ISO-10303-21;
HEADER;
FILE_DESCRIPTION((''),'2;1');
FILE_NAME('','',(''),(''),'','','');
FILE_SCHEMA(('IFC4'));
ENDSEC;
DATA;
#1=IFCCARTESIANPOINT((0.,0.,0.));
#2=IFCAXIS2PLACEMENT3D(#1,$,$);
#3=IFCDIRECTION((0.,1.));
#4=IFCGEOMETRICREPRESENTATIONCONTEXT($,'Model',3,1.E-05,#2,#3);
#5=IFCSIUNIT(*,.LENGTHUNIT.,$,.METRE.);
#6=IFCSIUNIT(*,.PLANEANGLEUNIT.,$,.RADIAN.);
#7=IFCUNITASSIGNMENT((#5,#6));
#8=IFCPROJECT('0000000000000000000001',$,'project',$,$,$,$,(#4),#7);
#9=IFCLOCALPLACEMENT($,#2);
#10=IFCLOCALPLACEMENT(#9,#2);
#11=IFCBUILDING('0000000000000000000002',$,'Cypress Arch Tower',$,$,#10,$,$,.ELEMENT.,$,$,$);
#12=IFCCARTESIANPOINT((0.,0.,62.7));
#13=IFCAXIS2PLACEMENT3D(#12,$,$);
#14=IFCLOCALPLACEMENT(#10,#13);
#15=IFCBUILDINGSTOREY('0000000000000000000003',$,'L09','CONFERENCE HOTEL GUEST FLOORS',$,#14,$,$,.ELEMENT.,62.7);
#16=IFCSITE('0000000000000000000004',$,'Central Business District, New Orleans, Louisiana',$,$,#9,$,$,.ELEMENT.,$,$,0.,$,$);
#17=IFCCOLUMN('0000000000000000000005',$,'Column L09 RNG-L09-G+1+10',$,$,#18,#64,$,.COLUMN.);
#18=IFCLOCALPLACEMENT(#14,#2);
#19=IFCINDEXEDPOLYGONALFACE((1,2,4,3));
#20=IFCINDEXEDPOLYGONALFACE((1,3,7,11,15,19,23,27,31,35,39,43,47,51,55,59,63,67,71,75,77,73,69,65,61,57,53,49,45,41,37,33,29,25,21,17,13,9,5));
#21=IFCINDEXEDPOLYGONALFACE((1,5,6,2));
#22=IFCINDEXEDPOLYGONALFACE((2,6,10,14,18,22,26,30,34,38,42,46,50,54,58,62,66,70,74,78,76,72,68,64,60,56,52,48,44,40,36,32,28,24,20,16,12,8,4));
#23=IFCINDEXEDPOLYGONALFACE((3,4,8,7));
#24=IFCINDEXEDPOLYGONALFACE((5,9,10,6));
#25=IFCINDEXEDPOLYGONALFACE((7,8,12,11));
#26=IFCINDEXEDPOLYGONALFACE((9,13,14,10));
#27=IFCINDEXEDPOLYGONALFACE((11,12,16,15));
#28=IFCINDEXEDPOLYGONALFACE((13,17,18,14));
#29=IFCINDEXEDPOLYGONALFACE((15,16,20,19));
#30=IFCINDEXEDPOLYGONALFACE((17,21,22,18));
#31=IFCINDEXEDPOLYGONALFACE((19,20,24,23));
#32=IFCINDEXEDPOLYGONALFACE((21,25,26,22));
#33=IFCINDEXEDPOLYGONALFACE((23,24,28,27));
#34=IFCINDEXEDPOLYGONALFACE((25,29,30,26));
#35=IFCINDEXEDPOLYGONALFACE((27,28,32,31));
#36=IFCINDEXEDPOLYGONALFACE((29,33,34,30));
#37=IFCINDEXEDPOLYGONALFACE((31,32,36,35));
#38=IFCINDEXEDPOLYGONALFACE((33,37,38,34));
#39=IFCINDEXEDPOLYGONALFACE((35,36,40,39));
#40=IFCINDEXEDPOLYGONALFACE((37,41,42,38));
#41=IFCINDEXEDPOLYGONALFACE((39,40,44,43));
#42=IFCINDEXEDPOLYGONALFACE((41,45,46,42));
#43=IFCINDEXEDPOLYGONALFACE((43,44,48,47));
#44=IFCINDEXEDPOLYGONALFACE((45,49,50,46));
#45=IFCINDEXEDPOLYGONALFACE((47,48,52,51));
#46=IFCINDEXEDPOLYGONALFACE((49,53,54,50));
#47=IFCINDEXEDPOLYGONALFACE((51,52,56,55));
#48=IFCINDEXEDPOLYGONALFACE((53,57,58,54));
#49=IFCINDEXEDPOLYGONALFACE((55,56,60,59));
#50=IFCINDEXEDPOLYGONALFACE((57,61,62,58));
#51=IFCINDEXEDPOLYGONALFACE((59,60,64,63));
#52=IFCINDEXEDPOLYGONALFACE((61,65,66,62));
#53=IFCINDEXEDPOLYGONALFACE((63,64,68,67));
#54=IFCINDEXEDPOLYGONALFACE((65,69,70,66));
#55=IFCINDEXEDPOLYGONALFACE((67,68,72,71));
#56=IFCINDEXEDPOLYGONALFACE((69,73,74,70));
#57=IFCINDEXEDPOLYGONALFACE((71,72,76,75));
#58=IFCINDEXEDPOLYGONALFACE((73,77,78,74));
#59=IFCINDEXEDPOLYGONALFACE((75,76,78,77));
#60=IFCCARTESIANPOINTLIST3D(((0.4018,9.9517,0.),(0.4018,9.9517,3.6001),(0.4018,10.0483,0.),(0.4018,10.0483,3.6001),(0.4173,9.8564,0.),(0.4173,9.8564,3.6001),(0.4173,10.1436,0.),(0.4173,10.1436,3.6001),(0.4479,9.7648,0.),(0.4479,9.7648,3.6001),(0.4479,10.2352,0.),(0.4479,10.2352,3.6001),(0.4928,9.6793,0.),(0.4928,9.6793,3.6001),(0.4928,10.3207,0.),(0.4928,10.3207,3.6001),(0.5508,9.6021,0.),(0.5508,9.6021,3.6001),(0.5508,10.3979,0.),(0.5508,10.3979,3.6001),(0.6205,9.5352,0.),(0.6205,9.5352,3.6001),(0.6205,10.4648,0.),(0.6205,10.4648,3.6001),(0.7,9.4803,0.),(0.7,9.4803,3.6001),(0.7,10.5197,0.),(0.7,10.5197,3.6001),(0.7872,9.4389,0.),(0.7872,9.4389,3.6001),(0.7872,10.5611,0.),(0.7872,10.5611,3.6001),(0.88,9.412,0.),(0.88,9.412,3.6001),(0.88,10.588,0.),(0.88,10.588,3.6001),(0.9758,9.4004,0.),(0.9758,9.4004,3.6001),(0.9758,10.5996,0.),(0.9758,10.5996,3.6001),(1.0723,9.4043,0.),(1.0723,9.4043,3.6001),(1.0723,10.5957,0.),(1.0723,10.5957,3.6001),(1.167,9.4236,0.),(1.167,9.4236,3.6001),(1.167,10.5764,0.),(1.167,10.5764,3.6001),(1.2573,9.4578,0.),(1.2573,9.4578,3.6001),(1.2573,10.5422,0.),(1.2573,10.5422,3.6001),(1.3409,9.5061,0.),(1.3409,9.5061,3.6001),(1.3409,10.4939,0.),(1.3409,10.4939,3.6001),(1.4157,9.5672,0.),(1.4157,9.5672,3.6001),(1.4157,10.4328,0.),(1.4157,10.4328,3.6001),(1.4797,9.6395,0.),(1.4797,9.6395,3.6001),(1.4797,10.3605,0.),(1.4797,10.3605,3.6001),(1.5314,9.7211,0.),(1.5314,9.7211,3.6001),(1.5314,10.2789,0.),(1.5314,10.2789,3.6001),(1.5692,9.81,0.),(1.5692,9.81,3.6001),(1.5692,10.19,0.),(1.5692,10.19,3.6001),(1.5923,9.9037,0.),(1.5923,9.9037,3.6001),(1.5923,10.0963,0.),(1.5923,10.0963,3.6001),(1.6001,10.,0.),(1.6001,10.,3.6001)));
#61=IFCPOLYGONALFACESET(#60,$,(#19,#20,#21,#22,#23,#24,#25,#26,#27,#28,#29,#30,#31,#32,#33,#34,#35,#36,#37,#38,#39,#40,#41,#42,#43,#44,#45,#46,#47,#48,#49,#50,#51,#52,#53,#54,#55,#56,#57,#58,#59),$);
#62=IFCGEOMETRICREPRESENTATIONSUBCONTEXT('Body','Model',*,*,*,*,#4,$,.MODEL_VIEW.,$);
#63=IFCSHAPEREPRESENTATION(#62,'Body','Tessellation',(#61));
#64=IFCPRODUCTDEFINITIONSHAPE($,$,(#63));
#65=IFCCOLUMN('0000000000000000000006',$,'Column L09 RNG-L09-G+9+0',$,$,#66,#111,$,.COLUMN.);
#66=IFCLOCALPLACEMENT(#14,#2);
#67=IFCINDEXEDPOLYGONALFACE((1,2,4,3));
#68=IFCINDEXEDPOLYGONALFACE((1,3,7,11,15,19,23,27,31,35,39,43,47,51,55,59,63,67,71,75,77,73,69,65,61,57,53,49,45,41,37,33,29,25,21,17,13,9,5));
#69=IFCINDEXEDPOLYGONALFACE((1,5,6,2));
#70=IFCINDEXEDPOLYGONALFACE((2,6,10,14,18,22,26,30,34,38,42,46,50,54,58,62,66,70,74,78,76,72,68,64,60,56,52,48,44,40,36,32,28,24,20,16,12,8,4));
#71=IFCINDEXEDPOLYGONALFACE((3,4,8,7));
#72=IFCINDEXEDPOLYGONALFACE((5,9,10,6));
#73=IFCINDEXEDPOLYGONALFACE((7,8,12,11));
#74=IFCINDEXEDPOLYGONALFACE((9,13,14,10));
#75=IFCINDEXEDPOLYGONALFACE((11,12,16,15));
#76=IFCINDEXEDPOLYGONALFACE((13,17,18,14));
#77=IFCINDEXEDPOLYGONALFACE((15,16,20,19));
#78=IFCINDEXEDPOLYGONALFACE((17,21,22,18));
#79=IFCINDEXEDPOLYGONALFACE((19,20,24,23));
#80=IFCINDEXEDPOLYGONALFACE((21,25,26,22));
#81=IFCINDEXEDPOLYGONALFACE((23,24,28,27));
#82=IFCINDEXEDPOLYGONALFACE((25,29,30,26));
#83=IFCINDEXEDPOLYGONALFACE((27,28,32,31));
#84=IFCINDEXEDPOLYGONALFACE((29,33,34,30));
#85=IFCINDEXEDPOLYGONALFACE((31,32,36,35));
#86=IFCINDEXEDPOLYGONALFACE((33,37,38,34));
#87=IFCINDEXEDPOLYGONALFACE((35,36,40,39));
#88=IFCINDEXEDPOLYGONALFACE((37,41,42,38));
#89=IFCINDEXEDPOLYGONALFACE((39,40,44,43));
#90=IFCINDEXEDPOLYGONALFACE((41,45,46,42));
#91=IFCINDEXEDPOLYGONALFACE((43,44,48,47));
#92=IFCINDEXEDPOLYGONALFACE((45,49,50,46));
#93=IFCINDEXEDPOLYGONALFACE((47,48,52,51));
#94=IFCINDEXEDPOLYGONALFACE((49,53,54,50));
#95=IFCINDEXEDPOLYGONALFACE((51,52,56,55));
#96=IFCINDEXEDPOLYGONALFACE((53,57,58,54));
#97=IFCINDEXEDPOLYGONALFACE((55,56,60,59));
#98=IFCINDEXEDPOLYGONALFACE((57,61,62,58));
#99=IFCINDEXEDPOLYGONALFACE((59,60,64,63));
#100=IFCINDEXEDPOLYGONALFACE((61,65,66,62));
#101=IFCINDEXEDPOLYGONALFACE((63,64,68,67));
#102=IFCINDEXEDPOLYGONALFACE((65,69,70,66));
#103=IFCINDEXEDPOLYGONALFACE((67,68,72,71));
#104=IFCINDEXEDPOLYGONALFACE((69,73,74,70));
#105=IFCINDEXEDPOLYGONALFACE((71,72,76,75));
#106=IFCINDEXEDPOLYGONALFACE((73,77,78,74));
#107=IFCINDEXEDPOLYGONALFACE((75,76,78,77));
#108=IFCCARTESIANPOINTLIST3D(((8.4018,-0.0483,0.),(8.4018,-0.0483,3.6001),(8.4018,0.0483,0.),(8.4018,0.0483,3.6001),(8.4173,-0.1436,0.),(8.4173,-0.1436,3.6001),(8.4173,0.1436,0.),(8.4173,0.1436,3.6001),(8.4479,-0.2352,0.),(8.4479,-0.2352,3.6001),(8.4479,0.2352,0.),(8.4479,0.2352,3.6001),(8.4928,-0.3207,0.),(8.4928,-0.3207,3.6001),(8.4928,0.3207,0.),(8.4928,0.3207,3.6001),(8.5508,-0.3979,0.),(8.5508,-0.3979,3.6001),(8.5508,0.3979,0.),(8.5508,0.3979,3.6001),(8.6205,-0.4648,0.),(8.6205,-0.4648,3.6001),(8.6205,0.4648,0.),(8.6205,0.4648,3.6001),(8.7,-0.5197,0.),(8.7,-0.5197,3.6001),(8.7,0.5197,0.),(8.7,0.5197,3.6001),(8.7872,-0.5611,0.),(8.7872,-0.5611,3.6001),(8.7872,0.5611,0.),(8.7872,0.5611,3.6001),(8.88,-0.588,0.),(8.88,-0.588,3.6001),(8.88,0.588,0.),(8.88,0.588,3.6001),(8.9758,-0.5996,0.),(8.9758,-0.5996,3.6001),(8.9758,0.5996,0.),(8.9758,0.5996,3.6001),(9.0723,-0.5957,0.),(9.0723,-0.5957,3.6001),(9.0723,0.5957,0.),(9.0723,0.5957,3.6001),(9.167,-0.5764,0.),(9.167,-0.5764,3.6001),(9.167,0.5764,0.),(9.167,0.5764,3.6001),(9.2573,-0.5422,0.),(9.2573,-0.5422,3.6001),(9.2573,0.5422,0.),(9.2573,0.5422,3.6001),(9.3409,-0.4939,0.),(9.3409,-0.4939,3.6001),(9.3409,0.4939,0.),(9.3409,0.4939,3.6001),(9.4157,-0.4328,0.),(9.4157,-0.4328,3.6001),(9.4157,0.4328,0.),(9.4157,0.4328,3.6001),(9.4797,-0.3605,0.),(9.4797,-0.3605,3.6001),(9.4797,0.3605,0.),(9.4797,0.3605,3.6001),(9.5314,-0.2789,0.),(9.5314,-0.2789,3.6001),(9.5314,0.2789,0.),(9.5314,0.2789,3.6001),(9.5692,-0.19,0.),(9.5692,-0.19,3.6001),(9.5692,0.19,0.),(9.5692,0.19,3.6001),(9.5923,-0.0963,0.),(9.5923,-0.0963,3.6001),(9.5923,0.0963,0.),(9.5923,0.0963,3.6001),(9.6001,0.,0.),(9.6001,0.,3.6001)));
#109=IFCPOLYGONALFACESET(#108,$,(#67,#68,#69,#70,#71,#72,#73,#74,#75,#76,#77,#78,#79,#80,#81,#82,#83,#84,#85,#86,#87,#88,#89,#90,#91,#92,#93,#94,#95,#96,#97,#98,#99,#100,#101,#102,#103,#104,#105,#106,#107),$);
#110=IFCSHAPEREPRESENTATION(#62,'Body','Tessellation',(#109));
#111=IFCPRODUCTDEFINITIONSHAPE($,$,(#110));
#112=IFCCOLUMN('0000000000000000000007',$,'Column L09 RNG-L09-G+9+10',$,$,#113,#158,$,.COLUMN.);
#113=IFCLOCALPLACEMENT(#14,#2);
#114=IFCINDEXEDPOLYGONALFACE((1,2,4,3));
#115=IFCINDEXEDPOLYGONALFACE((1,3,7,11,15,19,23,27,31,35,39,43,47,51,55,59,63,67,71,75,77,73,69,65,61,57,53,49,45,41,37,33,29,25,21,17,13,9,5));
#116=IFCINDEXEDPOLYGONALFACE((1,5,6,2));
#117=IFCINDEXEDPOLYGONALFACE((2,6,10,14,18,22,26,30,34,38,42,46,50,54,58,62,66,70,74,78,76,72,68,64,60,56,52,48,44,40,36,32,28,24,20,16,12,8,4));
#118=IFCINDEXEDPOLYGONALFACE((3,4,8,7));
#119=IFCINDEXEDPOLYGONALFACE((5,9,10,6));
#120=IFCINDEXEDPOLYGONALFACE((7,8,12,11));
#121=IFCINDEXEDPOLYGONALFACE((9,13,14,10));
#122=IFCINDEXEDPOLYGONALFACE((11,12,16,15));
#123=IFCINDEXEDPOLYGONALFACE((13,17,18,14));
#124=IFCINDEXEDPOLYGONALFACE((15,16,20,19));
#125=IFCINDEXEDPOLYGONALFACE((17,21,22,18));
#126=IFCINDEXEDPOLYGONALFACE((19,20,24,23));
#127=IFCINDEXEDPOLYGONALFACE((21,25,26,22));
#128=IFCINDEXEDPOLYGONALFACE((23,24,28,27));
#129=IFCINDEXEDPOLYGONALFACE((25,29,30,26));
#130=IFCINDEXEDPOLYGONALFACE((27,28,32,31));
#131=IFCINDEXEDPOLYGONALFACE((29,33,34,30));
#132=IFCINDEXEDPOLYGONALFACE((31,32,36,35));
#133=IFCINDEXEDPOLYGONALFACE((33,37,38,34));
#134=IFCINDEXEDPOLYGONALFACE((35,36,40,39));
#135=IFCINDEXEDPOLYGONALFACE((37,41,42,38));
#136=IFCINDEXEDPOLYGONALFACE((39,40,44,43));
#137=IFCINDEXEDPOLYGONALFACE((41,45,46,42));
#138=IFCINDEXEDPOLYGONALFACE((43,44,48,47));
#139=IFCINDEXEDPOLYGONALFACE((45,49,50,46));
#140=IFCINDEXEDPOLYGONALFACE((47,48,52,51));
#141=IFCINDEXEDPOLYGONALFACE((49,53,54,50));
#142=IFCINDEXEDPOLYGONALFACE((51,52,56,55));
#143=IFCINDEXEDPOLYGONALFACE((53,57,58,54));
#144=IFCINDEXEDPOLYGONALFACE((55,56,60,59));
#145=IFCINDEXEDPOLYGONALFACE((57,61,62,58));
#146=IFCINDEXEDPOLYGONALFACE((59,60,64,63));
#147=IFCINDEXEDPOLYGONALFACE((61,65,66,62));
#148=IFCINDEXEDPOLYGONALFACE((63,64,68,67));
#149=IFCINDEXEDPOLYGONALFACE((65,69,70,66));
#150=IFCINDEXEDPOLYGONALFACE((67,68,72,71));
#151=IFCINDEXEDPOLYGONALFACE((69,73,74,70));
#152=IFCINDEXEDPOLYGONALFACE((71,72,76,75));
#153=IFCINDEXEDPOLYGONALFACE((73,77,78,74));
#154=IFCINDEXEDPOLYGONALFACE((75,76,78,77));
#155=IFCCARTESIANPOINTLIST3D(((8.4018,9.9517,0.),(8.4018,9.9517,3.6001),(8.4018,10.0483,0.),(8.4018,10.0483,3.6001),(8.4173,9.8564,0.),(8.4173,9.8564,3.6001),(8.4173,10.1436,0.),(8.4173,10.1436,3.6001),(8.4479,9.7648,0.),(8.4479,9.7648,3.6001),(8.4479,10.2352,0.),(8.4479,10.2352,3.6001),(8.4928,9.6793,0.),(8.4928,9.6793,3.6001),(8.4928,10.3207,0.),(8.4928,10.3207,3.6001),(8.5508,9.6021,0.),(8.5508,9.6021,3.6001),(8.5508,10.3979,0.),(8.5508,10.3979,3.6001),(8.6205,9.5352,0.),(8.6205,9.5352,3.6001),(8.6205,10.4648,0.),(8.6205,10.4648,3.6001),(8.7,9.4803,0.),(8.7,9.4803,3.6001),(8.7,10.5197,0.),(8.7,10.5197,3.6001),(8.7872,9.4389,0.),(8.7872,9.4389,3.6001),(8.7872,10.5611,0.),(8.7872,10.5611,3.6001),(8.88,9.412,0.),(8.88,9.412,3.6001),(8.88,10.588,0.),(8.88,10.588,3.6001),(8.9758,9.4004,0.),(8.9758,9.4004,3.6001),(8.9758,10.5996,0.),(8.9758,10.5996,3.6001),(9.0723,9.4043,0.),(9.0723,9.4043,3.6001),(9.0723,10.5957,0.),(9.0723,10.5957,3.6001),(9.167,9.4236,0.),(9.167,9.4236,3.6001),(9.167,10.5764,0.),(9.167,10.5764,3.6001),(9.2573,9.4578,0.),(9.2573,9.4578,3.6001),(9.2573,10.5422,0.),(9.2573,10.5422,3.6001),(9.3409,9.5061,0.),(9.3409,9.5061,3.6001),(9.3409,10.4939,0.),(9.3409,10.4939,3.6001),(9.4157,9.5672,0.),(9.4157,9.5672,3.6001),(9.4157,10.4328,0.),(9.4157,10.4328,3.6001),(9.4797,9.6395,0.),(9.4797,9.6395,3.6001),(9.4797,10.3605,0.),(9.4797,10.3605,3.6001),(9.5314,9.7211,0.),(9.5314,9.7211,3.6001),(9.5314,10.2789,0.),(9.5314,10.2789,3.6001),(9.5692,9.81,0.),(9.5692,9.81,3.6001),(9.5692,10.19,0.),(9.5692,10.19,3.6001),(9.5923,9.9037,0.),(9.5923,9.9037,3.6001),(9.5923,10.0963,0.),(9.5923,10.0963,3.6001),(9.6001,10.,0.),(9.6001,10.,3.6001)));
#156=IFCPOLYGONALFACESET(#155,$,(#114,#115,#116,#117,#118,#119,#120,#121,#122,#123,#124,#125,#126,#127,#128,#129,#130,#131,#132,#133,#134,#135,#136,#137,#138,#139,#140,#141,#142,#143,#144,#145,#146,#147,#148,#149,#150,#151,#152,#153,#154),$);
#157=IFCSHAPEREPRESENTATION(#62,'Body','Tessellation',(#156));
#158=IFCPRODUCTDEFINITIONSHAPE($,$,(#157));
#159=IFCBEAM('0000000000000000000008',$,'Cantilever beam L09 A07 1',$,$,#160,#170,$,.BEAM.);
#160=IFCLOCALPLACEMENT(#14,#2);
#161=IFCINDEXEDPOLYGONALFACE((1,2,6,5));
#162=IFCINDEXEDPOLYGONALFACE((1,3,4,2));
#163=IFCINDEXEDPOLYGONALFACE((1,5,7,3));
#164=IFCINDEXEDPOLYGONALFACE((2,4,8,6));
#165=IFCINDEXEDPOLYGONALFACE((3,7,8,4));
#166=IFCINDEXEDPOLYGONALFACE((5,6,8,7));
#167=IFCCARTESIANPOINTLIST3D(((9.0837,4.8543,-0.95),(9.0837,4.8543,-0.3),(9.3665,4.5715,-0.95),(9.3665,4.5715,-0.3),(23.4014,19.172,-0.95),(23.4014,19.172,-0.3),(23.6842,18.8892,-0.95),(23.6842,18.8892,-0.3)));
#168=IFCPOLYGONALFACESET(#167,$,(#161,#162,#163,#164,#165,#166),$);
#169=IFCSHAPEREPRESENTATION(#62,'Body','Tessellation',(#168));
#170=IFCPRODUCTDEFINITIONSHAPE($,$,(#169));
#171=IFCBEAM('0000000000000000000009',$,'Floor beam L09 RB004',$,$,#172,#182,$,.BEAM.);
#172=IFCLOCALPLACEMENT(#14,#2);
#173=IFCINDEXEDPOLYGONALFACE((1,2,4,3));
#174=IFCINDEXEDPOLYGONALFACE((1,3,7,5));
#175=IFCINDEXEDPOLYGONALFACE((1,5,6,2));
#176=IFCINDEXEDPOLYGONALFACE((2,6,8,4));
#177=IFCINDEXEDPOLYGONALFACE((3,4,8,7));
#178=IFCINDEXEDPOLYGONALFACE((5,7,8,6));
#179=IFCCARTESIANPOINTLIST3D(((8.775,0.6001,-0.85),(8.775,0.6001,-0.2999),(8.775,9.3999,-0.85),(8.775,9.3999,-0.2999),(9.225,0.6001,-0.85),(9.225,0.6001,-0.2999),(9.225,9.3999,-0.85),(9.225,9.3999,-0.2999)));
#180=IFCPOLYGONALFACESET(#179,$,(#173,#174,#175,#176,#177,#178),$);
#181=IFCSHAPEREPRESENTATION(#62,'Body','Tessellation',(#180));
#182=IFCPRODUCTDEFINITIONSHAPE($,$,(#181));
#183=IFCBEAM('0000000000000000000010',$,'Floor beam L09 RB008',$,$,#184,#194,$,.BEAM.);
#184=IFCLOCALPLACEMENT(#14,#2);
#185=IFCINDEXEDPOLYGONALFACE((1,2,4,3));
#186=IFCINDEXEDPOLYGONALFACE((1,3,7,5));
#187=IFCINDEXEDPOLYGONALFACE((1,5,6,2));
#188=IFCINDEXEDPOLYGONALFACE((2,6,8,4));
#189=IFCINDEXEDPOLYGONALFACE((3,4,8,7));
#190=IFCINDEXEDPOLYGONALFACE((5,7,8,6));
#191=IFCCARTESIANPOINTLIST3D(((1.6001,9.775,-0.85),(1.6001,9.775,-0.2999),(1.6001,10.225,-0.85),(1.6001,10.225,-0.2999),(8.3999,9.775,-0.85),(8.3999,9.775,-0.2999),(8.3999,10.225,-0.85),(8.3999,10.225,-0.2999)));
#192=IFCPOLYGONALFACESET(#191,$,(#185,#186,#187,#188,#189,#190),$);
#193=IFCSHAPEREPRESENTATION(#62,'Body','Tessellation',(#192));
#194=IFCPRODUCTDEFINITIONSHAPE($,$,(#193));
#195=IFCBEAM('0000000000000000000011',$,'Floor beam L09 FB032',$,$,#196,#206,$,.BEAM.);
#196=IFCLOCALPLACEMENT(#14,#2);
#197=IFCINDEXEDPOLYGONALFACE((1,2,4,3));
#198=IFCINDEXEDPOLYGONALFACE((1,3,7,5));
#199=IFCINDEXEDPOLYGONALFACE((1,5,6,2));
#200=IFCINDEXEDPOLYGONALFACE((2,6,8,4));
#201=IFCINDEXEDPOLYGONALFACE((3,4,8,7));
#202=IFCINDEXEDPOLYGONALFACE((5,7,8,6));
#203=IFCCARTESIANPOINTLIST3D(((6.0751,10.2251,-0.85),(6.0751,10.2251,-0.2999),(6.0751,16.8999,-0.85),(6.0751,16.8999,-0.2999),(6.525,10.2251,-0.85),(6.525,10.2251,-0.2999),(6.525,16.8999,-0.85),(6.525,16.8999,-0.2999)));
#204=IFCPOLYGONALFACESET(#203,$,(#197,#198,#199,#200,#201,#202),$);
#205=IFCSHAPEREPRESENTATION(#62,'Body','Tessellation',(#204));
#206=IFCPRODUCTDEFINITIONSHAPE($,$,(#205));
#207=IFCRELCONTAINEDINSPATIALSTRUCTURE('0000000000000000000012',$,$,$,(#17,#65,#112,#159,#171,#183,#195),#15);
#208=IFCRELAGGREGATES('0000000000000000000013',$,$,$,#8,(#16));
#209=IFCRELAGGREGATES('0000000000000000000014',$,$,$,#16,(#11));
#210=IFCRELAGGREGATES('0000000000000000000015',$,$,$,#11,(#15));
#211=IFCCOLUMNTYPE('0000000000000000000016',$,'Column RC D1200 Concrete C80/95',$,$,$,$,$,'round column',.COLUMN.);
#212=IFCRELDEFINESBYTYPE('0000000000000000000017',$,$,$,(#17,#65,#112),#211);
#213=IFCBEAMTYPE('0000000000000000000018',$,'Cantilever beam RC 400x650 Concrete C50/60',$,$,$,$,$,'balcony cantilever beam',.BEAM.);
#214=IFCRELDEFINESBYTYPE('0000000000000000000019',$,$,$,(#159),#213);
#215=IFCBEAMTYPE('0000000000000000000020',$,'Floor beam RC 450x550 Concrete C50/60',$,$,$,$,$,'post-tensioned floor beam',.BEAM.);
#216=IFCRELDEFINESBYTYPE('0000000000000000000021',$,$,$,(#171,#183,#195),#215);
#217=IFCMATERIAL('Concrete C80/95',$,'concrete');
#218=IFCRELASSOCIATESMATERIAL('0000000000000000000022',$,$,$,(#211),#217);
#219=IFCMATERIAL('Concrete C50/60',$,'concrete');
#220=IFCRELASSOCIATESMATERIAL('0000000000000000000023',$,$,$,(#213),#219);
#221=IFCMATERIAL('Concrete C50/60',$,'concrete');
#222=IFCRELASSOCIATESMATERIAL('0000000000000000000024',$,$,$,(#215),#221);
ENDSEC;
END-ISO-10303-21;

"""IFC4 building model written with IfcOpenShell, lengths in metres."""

from ifc_helpers import new_model, si_unit, direction, frame, origin, origin_2d, place, context, subcontext, project, spatial, rectangle, circle, extrude, material, material_profile, profile_set, type_object, element, save


model = new_model("IFC4")

# Units and contexts
model_context = context("Model", 3, precision=1e-05, world=origin(), true_north=direction((0.0, 1.0)))
body_context = subcontext(model_context, "Body", "Model", "MODEL_VIEW")
ifc_project = project(units=[si_unit("LENGTHUNIT", "METRE"), si_unit("PLANEANGLEUNIT", "RADIAN")], contexts=[model_context])

# Site, building, storey
site_placement = place(None, origin())
site = spatial("IfcSite", under=ifc_project, at=site_placement, Name="Central Business District, New Orleans, Louisiana", CompositionType="ELEMENT", RefElevation=0.0)
building_placement = place(site_placement, origin())
building = spatial("IfcBuilding", under=site, at=building_placement, Name="Cypress Arch Tower", CompositionType="ELEMENT")
storey_placement = place(building_placement, frame((0.0, 0.0, 62.7)))
storey = spatial("IfcBuildingStorey", under=building, at=storey_placement, Name="L09", Description="CONFERENCE HOTEL GUEST FLOORS", CompositionType="ELEMENT", Elevation=62.7)

# Columns
ifc_material_1 = material(Name="Concrete C80/95", Category="concrete")
ifc_material_profile_1 = material_profile(ifc_material_1, circle(Radius=0.6001, at=origin_2d()), Name="RC D1200")
ifc_profile_set_1 = profile_set([ifc_material_profile_1], Name="Concrete C80/95")
column_type = type_object("IfcColumnType", Name="Column RC D1200 Concrete C80/95", ElementType="round column", PredefinedType="COLUMN", material=ifc_profile_set_1)
for number, where, z_axis, x_axis, name in (
    (1, (1.0, 10.0, 0.0), (0.0, 0.0, 1.0), (1.0, 0.0, 0.0), "Column L09 RNG-L09-G+1+10"),
    (2, (9.0, 0.0, 0.0), (0.0, 0.0, 1.0), (1.0, 0.0, 0.0), "Column L09 RNG-L09-G+9+0"),
    (3, (9.0, 10.0, 0.0), (0.0, 0.0, 1.0), (1.0, 0.0, 0.0), "Column L09 RNG-L09-G+9+10"),
):
    element("IfcColumn", number, at=place(storey_placement, frame(where, z_axis=z_axis, x_axis=x_axis)), inside=storey, type_object=column_type, Name=name, PredefinedType="COLUMN", context=body_context, shape_type="SweptSolid", body=[
        extrude(circle(Radius=0.6001, at=origin_2d()), origin(), (0.0, 0.0, 1.0), 3.6001),
    ])

# Beams
ifc_material_2 = material(Name="Concrete C50/60", Category="concrete")
ifc_material_profile_2 = material_profile(ifc_material_2, rectangle(XDim=0.3999, YDim=0.6499, at=origin_2d()), Name="RC 400x650")
ifc_profile_set_2 = profile_set([ifc_material_profile_2], Name="Concrete C50/60")
beam_type_1 = type_object("IfcBeamType", Name="Cantilever beam RC 400x650 Concrete C50/60", ElementType="balcony cantilever beam", PredefinedType="BEAM", material=ifc_profile_set_2)
beam_1_placement = place(storey_placement, frame((9.2251, 4.7129, -0.625), z_axis=(0.707107, 0.707107, 0.0), x_axis=(-0.707107, 0.707107, 0.0)))
element("IfcBeam", 4, at=beam_1_placement, inside=storey, type_object=beam_type_1, Name="Cantilever beam L09 A07 1", PredefinedType="BEAM", context=body_context, shape_type="SweptSolid", body=[
    extrude(rectangle(XDim=0.3999, YDim=0.6499, at=origin_2d()), origin(), (0.0, 0.0, 1.0), 20.2483),
])
ifc_material_3 = material(Name="Concrete C50/60", Category="concrete")
ifc_material_profile_3 = material_profile(ifc_material_3, rectangle(XDim=0.45, YDim=0.55, at=origin_2d()), Name="RC 450x550")
ifc_profile_set_3 = profile_set([ifc_material_profile_3], Name="Concrete C50/60")
beam_type_2 = type_object("IfcBeamType", Name="Floor beam RC 450x550 Concrete C50/60", ElementType="post-tensioned floor beam", PredefinedType="BEAM", material=ifc_profile_set_3)
beam_2_placement = place(storey_placement, frame((9.0, 0.6001, -0.575), z_axis=(0.0, 1.0, 0.0), x_axis=(-1.0, 0.0, 0.0)))
element("IfcBeam", 5, at=beam_2_placement, inside=storey, type_object=beam_type_2, Name="Floor beam L09 RB004", PredefinedType="BEAM", context=body_context, shape_type="SweptSolid", body=[
    extrude(rectangle(XDim=0.45, YDim=0.55, at=origin_2d()), origin(), (0.0, 0.0, 1.0), 8.7998),
])
beam_3_placement = place(storey_placement, frame((1.6001, 10.0, -0.575), z_axis=(1.0, 0.0, 0.0), x_axis=(0.0, 1.0, 0.0)))
element("IfcBeam", 6, at=beam_3_placement, inside=storey, type_object=beam_type_2, Name="Floor beam L09 RB008", PredefinedType="BEAM", context=body_context, shape_type="SweptSolid", body=[
    extrude(rectangle(XDim=0.45, YDim=0.55, at=origin_2d()), origin(), (0.0, 0.0, 1.0), 6.7998),
])
beam_4_placement = place(storey_placement, frame((6.3, 10.2251, -0.575), z_axis=(0.0, 1.0, 0.0), x_axis=(-1.0, 0.0, 0.0)))
element("IfcBeam", 7, at=beam_4_placement, inside=storey, type_object=beam_type_2, Name="Floor beam L09 FB032", PredefinedType="BEAM", context=body_context, shape_type="SweptSolid", body=[
    extrude(rectangle(XDim=0.45, YDim=0.55, at=origin_2d()), origin(), (0.0, 0.0, 1.0), 6.6748),
])

save(model, "model.ifc")
